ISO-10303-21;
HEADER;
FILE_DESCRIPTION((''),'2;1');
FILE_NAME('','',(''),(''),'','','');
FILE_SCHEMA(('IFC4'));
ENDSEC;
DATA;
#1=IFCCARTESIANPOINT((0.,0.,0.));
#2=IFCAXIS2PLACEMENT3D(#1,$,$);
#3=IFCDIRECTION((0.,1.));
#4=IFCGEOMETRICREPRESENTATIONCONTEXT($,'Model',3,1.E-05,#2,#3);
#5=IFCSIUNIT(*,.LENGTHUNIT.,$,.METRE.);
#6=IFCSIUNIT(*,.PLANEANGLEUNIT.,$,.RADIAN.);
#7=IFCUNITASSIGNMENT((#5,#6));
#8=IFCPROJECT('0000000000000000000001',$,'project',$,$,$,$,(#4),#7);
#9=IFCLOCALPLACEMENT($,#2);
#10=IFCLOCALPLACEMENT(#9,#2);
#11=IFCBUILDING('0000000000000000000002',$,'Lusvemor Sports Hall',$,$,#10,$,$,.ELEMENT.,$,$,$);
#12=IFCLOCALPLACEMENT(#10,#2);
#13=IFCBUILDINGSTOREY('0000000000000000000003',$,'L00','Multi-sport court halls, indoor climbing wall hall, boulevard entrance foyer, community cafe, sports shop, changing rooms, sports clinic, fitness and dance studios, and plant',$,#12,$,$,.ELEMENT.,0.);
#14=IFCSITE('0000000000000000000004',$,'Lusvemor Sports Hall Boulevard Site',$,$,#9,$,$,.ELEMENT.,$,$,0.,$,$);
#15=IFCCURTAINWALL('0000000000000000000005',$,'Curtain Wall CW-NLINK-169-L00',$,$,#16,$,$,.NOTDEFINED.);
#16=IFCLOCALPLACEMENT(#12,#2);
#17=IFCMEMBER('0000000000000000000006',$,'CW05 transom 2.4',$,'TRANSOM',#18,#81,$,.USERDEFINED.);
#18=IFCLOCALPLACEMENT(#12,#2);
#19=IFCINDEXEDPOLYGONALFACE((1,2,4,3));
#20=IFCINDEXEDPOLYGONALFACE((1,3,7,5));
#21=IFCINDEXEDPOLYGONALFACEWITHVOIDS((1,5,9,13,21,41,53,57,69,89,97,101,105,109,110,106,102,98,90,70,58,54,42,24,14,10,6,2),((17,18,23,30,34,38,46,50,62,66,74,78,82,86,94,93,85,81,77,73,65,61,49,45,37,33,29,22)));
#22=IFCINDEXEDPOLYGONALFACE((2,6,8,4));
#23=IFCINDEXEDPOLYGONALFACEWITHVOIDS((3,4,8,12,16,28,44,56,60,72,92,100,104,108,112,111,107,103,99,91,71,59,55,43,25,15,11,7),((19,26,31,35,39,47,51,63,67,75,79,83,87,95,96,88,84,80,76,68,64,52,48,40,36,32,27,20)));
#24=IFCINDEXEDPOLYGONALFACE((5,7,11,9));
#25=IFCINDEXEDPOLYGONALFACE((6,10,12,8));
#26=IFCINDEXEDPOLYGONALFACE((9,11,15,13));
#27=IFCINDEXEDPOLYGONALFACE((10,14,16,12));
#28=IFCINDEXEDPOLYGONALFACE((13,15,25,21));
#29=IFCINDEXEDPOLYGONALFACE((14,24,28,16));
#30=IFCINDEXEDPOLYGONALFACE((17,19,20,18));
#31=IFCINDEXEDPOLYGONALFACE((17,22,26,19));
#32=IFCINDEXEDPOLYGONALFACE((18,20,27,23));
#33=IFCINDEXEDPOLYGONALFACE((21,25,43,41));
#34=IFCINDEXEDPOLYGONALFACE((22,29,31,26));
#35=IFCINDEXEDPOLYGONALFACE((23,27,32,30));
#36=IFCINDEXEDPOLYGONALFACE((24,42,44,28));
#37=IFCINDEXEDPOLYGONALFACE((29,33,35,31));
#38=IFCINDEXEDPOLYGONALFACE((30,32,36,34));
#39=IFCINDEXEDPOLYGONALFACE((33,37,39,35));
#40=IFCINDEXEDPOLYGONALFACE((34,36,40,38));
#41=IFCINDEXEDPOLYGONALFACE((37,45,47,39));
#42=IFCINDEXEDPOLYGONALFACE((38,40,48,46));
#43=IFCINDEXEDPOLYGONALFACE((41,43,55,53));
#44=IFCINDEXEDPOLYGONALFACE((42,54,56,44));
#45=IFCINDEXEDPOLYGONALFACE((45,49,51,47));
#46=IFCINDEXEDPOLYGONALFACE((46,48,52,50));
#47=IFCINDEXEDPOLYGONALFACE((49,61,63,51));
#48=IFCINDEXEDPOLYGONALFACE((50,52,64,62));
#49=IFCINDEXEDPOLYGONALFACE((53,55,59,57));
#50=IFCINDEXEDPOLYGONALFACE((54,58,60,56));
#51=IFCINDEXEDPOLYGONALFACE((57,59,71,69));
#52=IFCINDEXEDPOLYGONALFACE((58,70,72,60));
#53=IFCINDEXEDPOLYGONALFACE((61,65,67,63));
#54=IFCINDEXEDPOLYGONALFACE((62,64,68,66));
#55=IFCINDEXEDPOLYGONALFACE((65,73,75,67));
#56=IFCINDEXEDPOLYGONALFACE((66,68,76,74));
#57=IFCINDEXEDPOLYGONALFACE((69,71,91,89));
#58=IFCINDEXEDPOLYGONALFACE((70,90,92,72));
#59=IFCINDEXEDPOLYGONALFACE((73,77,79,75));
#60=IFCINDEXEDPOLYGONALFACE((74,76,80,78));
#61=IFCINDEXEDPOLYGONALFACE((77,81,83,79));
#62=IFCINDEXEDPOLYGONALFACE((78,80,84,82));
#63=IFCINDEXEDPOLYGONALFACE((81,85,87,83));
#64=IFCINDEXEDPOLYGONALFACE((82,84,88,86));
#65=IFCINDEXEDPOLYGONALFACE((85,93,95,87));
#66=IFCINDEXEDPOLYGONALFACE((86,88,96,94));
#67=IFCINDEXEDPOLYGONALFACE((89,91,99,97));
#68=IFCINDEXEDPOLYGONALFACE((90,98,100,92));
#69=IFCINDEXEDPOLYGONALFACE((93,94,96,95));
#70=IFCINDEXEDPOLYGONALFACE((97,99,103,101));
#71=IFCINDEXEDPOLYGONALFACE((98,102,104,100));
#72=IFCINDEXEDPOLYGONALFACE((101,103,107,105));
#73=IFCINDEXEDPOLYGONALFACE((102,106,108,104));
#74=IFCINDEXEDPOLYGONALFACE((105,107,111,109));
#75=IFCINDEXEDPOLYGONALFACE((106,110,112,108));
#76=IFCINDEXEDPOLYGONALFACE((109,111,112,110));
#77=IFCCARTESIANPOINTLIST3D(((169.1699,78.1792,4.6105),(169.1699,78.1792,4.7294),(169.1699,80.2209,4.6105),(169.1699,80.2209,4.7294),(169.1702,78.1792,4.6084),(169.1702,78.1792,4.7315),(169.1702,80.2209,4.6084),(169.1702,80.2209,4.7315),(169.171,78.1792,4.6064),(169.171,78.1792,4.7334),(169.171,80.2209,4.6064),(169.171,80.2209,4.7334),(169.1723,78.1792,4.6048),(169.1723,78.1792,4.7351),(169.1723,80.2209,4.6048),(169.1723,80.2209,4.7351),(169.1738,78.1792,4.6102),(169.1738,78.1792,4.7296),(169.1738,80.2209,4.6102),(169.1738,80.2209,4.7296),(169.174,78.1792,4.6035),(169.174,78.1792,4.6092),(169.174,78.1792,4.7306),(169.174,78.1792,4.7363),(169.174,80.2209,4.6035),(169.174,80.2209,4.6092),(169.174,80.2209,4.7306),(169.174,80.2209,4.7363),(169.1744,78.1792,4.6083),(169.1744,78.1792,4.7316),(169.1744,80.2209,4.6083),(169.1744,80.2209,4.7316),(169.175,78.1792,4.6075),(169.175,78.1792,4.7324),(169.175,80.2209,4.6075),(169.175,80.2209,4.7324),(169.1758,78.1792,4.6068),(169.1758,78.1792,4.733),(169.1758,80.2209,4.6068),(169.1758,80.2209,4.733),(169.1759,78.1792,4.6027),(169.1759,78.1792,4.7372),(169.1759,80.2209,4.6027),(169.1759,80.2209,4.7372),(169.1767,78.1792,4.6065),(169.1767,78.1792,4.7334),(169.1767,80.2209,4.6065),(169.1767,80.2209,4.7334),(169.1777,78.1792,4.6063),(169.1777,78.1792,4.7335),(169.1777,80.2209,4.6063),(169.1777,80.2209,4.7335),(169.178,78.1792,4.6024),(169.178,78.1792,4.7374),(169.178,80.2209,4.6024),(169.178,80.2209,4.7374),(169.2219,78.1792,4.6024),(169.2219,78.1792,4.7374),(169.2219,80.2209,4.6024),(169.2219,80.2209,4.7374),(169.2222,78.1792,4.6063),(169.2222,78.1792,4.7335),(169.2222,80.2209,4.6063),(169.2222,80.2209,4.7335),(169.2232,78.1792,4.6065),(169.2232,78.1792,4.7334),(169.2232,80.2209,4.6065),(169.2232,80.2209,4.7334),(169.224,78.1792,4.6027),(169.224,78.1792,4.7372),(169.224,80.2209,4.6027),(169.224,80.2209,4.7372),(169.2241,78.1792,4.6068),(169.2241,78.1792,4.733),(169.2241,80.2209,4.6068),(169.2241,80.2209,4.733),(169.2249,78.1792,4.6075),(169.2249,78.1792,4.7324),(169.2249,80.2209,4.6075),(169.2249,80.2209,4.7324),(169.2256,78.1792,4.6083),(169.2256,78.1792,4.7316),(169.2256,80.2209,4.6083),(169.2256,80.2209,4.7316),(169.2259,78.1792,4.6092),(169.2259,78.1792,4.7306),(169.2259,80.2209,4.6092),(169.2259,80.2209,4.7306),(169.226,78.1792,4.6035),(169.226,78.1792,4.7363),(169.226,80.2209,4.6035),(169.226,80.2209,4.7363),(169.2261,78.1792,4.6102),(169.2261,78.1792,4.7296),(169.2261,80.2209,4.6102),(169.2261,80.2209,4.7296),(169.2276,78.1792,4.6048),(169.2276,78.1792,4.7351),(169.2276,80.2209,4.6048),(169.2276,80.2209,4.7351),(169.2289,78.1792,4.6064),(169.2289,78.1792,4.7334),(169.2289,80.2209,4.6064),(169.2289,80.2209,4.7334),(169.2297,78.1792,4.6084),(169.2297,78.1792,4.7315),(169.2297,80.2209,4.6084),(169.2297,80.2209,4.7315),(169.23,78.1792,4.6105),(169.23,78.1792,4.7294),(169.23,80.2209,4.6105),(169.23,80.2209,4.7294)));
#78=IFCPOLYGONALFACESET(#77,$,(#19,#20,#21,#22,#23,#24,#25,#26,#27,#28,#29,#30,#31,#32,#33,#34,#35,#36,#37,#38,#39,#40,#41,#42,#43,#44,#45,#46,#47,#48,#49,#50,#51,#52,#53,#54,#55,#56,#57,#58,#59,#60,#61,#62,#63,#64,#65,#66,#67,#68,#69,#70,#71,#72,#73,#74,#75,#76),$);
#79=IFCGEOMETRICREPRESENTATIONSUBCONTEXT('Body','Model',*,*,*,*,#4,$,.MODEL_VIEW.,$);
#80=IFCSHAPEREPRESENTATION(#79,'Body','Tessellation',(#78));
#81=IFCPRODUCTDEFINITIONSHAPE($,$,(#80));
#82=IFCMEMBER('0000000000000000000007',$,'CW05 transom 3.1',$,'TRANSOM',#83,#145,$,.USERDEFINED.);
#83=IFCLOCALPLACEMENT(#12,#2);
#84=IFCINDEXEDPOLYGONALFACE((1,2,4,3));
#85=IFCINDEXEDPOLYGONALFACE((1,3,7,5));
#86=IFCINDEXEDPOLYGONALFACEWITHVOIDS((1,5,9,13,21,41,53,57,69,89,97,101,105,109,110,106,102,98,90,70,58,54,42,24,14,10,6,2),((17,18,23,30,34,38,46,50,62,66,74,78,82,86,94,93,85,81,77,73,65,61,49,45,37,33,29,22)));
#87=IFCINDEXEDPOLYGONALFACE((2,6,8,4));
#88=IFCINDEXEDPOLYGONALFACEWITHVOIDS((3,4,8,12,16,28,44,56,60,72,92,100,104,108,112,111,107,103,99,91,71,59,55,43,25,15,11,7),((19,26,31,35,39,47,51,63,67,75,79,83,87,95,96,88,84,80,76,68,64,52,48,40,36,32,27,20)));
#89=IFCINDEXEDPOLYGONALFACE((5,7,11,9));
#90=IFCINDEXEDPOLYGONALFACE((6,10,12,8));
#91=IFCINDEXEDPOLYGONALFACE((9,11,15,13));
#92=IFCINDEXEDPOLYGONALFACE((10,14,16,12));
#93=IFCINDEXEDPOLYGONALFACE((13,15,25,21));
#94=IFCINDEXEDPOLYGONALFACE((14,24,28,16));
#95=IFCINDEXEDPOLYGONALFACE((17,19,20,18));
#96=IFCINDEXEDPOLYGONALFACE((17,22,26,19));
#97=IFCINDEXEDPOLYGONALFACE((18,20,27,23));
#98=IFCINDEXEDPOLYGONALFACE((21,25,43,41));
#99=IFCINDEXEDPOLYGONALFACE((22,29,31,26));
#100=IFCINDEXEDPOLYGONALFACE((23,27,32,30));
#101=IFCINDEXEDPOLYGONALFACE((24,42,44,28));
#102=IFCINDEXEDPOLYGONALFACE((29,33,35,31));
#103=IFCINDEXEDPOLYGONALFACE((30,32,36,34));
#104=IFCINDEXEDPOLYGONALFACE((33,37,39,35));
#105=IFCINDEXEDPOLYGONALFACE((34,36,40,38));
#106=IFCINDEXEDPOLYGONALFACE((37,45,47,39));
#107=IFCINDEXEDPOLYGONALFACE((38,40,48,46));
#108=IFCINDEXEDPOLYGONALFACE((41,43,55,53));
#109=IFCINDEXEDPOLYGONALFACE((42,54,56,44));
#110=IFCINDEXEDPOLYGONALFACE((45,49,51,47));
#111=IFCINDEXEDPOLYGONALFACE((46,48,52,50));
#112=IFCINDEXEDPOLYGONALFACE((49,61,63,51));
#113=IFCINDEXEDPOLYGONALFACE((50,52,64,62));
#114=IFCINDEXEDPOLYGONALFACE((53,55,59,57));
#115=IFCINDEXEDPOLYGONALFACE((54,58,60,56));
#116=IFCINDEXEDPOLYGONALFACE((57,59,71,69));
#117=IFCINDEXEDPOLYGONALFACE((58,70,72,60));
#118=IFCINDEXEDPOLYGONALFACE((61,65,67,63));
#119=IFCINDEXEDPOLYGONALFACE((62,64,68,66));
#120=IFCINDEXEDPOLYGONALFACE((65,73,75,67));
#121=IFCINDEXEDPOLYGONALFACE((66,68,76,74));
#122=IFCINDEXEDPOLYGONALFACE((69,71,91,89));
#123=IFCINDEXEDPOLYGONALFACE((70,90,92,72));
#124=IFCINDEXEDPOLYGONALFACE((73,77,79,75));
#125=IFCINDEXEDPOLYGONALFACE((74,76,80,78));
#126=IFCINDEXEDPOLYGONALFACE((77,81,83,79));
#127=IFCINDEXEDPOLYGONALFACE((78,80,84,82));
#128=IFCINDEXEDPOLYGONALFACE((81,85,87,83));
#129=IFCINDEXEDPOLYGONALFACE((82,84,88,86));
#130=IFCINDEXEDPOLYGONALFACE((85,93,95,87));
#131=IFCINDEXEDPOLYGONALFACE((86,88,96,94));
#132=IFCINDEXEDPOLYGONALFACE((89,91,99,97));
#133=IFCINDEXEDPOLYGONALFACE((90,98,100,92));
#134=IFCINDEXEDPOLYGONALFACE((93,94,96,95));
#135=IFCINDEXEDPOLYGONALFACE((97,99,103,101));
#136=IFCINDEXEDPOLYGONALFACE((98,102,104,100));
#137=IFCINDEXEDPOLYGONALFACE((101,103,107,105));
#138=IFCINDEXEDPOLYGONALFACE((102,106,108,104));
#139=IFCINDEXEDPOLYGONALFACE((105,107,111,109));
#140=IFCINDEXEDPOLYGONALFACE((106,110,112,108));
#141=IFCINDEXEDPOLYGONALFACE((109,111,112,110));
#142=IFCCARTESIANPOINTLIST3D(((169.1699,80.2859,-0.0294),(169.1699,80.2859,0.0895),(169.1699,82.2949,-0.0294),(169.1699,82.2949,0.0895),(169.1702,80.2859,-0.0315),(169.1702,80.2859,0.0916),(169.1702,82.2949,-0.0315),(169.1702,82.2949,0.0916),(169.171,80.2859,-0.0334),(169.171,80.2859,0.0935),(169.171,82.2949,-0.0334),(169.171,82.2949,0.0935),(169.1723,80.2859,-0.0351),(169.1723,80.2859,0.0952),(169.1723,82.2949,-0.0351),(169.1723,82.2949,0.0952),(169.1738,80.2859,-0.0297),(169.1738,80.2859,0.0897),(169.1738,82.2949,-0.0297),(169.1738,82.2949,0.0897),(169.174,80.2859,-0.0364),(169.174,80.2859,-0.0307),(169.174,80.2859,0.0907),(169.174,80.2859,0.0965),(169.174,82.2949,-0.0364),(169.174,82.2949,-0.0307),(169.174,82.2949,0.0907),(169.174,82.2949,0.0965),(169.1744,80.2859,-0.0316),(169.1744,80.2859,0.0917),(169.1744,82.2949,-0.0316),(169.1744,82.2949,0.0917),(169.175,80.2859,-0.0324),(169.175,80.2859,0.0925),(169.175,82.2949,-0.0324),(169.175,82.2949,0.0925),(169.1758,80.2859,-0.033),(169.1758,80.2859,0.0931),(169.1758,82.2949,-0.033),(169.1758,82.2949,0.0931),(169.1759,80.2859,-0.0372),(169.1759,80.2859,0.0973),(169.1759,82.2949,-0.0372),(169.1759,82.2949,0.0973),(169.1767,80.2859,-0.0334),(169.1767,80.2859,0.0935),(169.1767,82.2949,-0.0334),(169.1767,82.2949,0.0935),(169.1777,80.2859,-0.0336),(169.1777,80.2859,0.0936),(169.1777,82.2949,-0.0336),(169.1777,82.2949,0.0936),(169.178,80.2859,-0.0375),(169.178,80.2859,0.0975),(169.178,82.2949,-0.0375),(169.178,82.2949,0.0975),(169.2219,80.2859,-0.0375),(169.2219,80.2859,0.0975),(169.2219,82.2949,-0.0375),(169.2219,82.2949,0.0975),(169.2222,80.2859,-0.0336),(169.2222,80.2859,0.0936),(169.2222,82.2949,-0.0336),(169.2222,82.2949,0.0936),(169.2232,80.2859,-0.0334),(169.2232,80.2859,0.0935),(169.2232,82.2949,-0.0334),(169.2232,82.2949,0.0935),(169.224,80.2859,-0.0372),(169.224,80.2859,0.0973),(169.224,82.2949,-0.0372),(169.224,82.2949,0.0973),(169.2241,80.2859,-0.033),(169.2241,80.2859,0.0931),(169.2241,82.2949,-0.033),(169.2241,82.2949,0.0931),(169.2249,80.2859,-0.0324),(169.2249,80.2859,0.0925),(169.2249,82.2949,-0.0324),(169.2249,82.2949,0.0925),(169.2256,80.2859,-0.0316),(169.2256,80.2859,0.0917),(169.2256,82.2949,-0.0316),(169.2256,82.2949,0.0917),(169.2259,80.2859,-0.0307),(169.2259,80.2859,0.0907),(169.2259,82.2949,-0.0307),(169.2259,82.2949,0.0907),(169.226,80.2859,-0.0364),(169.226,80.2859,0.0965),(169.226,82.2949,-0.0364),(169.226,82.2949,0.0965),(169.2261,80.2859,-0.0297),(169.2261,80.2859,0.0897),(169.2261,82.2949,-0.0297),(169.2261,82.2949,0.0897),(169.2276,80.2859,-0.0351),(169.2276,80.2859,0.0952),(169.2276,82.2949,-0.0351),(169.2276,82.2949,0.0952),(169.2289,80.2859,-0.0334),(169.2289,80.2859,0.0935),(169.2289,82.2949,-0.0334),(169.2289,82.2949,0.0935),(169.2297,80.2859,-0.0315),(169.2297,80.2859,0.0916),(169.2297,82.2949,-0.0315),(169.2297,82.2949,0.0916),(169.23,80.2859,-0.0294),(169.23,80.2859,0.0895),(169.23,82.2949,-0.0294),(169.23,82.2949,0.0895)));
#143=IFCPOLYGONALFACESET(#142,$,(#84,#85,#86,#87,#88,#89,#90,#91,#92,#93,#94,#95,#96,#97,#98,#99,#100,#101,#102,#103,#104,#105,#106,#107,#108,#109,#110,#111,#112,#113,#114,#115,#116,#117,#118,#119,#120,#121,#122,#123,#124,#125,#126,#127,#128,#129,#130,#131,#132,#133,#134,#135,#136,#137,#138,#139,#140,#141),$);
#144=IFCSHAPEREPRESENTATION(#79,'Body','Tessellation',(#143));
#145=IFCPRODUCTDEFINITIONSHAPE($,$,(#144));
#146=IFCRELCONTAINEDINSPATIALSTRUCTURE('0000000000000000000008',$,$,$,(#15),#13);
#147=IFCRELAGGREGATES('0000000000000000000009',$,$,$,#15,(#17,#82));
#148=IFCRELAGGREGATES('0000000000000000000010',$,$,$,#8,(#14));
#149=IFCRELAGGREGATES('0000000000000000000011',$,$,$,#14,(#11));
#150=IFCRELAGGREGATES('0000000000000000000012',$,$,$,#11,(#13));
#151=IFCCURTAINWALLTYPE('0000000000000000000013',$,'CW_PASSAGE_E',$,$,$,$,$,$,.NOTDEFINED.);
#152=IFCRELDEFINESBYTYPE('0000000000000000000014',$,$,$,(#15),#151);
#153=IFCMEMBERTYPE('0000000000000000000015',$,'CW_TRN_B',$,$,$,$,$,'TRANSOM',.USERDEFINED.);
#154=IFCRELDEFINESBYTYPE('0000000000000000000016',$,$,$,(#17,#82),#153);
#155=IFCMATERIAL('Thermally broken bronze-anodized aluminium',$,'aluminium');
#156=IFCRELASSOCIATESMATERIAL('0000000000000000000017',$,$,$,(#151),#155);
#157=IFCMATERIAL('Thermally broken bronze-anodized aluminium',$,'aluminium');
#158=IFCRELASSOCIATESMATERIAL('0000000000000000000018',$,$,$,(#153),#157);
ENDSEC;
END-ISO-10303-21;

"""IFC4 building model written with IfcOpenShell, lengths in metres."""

from ifc_helpers import new_model, si_unit, direction, frame, origin, origin_2d, place, context, subcontext, project, spatial, hollow_rectangle, extrude, material, material_profile, profile_set, type_object, element, aggregate, save


model = new_model("IFC4")

# Units and contexts
model_context = context("Model", 3, precision=1e-05, world=origin(), true_north=direction((0.0, 1.0)))
body_context = subcontext(model_context, "Body", "Model", "MODEL_VIEW")
ifc_project = project(units=[si_unit("LENGTHUNIT", "METRE"), si_unit("PLANEANGLEUNIT", "RADIAN")], contexts=[model_context])

# Site, building, storey
site_placement = place(None, origin())
site = spatial("IfcSite", under=ifc_project, at=site_placement, Name="Lusvemor Sports Hall Boulevard Site", CompositionType="ELEMENT", RefElevation=0.0)
building_placement = place(site_placement, origin())
building = spatial("IfcBuilding", under=site, at=building_placement, Name="Lusvemor Sports Hall", CompositionType="ELEMENT")
storey_placement = place(building_placement, origin())
storey = spatial("IfcBuildingStorey", under=building, at=storey_placement, Name="L00", Description="Multi-sport court halls, indoor climbing wall hall, boulevard entrance foyer, community cafe, sports shop, changing rooms, sports clinic, fitness and dance studios, and plant", CompositionType="ELEMENT", Elevation=0.0)

# Curtain wall, members
ifc_material_1 = material(Name="Thermally broken bronze-anodized aluminium", Category="aluminium")
curtain_wall_type = type_object("IfcCurtainWallType", Name="CW_PASSAGE_E", PredefinedType="NOTDEFINED", material=ifc_material_1)
curtain_wall_placement = place(storey_placement, origin())
curtain_wall = element("IfcCurtainWall", 1, at=curtain_wall_placement, inside=storey, type_object=curtain_wall_type, Name="Curtain Wall CW-NLINK-169-L00", PredefinedType="NOTDEFINED")
ifc_material_2 = material(Name="Thermally broken bronze-anodized aluminium", Category="aluminium")
ifc_material_profile_1 = material_profile(ifc_material_2, hollow_rectangle(XDim=0.0601, YDim=0.135, WallThickness=0.0039, InnerFilletRadius=0.0039, OuterFilletRadius=0.0081, at=origin_2d()), Name="CWTRN135x60x4")
ifc_profile_set_1 = profile_set([ifc_material_profile_1], Name="Thermally broken bronze-anodized aluminium")
member_type_1 = type_object("IfcMemberType", Name="CW_TRN_B", ElementType="TRANSOM", PredefinedType="USERDEFINED", material=ifc_profile_set_1)
member_1_placement = place(storey_placement, frame((169.2, 78.1792, 4.6699), z_axis=(0.0, 1.0, 0.0), x_axis=(-1.0, 0.0, 0.0)))
member_1 = element("IfcMember", 2, at=member_1_placement, type_object=member_type_1, Name="CW05 transom 2.4", ObjectType="TRANSOM", PredefinedType="USERDEFINED", context=body_context, shape_type="SweptSolid", body=[
    extrude(hollow_rectangle(XDim=0.0601, YDim=0.135, WallThickness=0.0039, InnerFilletRadius=0.0039, OuterFilletRadius=0.0081, at=origin_2d()), origin(), (0.0, 0.0, 1.0), 2.0417),
])
member_2_placement = place(storey_placement, frame((169.2, 80.2859, 0.03), z_axis=(0.0, 1.0, 0.0), x_axis=(-1.0, 0.0, 0.0)))
member_2 = element("IfcMember", 3, at=member_2_placement, type_object=member_type_1, Name="CW05 transom 3.1", ObjectType="TRANSOM", PredefinedType="USERDEFINED", context=body_context, shape_type="SweptSolid", body=[
    extrude(hollow_rectangle(XDim=0.0601, YDim=0.135, WallThickness=0.0039, InnerFilletRadius=0.0039, OuterFilletRadius=0.0081, at=origin_2d()), origin(), (0.0, 0.0, 1.0), 2.009),
])
aggregate(curtain_wall, [member_1, member_2])

save(model, "model.ifc")
